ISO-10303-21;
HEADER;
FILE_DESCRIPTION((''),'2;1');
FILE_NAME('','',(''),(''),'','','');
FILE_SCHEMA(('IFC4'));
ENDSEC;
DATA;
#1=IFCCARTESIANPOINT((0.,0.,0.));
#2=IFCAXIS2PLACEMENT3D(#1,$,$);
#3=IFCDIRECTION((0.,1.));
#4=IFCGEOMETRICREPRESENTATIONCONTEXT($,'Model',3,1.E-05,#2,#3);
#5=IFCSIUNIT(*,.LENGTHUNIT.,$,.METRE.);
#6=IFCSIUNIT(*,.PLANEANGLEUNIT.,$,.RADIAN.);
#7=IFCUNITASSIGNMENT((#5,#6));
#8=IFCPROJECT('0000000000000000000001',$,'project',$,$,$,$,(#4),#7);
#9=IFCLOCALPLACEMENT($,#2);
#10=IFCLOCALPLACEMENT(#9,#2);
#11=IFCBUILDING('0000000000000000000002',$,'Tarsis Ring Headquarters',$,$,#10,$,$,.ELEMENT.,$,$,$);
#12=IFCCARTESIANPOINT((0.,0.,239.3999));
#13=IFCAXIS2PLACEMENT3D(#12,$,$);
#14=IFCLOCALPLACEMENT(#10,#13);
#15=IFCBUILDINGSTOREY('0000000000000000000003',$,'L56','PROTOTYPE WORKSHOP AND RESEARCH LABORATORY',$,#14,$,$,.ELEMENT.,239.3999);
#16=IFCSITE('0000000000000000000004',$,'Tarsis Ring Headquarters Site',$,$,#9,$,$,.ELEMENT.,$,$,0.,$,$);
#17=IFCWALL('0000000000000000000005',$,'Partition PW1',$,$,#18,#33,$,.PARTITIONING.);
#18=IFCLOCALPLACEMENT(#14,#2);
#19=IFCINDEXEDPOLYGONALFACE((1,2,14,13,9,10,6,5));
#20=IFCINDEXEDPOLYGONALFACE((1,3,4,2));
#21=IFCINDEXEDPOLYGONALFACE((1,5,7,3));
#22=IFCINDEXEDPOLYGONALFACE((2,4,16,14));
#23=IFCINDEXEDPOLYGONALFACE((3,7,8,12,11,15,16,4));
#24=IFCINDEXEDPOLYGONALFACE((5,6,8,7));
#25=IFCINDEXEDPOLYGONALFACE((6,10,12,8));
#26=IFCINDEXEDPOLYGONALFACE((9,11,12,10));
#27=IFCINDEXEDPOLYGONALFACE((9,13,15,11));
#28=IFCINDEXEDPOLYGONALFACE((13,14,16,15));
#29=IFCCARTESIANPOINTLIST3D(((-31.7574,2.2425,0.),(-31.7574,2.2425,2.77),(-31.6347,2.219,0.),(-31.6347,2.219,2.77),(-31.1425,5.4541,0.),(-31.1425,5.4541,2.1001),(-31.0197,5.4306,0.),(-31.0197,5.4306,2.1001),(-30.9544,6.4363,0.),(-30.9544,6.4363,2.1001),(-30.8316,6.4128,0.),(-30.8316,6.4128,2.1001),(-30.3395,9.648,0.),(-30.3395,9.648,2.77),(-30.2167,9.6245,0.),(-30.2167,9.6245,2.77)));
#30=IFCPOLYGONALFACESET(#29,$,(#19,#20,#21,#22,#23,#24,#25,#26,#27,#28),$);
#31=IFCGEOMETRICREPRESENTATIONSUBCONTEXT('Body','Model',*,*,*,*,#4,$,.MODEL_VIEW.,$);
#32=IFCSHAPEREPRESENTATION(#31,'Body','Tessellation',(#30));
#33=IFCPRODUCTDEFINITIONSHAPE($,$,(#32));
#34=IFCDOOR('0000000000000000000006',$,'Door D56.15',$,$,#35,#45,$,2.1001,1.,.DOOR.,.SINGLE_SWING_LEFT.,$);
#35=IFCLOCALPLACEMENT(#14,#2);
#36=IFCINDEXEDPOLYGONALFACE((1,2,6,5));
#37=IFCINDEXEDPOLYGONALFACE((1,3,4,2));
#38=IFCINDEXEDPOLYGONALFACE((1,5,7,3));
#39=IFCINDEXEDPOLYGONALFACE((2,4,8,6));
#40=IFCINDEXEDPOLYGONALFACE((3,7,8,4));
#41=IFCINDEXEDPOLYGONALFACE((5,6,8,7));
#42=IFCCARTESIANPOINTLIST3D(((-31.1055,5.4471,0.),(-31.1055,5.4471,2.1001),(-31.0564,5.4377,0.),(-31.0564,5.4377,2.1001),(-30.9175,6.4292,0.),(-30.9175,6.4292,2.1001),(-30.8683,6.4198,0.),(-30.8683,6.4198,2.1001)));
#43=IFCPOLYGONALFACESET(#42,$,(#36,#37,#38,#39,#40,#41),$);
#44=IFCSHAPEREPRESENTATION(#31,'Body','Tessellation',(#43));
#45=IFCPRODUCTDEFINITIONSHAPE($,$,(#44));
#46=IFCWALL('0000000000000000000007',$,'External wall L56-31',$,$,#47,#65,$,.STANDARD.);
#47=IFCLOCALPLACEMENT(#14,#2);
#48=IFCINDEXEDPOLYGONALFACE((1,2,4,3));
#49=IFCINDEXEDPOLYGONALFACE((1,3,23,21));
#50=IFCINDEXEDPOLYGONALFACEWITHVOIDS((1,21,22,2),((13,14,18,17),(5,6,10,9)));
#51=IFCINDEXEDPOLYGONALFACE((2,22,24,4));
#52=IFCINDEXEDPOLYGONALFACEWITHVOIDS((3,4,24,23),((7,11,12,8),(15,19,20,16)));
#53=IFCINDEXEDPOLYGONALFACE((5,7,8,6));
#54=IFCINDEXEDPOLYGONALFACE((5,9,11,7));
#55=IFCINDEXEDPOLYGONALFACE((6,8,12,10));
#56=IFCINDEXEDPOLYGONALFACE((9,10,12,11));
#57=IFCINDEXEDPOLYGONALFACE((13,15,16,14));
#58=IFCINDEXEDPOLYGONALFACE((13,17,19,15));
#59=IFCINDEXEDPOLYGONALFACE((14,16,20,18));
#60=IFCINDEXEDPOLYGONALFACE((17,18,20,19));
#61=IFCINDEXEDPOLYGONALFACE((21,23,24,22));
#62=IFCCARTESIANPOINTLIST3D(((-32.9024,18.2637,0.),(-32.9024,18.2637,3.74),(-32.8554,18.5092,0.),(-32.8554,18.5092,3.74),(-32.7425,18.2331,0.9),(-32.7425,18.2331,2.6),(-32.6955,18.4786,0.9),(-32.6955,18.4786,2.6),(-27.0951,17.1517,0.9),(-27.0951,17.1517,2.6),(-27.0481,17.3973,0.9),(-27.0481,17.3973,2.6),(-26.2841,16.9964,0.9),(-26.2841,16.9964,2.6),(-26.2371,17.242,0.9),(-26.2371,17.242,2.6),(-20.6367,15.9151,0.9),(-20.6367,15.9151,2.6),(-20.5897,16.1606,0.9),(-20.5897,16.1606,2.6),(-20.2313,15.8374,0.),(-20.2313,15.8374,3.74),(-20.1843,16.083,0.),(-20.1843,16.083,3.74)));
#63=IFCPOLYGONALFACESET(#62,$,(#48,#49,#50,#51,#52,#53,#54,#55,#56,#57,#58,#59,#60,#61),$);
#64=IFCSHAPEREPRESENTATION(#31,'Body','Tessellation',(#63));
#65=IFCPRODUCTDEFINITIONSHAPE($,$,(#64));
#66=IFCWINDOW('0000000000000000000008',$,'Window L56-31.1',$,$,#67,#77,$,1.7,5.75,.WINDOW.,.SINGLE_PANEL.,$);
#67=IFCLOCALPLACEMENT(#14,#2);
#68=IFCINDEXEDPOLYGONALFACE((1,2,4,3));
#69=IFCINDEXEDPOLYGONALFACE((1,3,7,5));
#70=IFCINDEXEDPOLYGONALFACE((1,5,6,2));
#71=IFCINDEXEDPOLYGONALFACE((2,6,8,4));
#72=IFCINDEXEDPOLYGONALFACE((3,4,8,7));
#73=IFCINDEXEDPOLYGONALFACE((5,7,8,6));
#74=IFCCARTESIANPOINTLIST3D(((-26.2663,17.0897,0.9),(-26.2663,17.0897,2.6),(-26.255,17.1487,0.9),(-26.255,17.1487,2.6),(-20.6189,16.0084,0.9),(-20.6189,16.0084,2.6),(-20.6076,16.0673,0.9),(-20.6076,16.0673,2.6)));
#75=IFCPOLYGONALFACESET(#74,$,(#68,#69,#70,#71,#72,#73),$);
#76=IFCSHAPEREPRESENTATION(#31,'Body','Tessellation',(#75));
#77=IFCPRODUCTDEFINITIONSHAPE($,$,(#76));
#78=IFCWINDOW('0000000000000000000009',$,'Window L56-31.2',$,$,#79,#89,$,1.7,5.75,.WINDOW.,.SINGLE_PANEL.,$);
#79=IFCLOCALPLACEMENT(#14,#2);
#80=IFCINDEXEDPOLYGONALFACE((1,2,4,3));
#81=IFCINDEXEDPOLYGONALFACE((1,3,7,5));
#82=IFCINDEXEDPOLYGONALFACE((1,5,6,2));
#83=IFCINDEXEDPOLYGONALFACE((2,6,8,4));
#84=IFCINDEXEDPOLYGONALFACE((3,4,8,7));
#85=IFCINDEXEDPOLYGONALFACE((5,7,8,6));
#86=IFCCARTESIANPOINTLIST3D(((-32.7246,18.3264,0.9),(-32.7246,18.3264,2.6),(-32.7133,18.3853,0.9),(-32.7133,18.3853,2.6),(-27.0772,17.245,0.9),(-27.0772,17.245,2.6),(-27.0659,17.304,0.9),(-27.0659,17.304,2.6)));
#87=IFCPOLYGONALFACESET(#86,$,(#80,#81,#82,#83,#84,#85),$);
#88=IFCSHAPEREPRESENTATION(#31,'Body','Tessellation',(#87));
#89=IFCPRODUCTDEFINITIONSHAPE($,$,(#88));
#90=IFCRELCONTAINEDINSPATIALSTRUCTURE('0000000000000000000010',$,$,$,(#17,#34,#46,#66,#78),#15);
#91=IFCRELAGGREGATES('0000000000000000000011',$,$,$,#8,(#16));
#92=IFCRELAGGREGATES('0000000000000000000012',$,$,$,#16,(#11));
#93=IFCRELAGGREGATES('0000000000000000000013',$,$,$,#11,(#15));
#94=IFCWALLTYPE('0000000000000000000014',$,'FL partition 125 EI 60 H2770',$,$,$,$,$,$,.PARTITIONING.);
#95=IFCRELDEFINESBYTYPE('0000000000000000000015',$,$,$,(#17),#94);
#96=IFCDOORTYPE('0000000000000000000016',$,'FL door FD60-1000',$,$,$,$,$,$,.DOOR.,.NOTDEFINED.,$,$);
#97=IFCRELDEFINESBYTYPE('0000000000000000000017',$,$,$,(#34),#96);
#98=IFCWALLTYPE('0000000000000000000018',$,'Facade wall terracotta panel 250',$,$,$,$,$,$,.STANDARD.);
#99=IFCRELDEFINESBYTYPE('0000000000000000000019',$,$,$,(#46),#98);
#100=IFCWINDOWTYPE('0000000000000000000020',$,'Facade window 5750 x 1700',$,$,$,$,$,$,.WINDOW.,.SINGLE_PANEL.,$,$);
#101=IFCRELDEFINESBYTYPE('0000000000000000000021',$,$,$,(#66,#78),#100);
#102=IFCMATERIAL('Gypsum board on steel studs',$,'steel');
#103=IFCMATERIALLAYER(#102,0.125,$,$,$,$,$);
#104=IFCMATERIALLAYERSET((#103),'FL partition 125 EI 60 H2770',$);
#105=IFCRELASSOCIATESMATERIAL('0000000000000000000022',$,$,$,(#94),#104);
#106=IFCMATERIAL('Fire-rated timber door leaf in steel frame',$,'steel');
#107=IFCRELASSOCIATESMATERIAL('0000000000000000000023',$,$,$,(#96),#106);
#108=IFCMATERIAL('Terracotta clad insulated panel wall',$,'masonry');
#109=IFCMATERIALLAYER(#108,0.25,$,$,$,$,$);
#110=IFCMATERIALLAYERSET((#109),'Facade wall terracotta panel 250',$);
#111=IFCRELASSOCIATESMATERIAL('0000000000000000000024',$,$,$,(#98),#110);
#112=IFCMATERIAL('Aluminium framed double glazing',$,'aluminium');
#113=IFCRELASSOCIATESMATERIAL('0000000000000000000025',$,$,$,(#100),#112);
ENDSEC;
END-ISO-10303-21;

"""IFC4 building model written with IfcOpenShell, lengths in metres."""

from ifc_helpers import new_model, si_unit, direction, frame, frame_2d, origin, place, context, subcontext, project, spatial, rectangle, extrude, material, layer, layer_set, type_object, element, fill, save


model = new_model("IFC4")

# Units and contexts
model_context = context("Model", 3, precision=1e-05, world=origin(), true_north=direction((0.0, 1.0)))
body_context = subcontext(model_context, "Body", "Model", "MODEL_VIEW")
ifc_project = project(units=[si_unit("LENGTHUNIT", "METRE"), si_unit("PLANEANGLEUNIT", "RADIAN")], contexts=[model_context])

# Site, building, storey
site_placement = place(None, origin())
site = spatial("IfcSite", under=ifc_project, at=site_placement, Name="Tarsis Ring Headquarters Site", CompositionType="ELEMENT", RefElevation=0.0)
building_placement = place(site_placement, origin())
building = spatial("IfcBuilding", under=site, at=building_placement, Name="Tarsis Ring Headquarters", CompositionType="ELEMENT")
storey_placement = place(building_placement, frame((0.0, 0.0, 239.3999)))
storey = spatial("IfcBuildingStorey", under=building, at=storey_placement, Name="L56", Description="PROTOTYPE WORKSHOP AND RESEARCH LABORATORY", CompositionType="ELEMENT", Elevation=239.3999)

# Shared definitions
ifc_material_1 = material(Name="Gypsum board on steel studs", Category="steel")
ifc_layer_1 = layer(ifc_material_1, 0.125)
ifc_layer_set_1 = layer_set([ifc_layer_1], Name="FL partition 125 EI 60 H2770")
wall_type_1 = type_object("IfcWallType", Name="FL partition 125 EI 60 H2770", PredefinedType="PARTITIONING", material=ifc_layer_set_1)

# Wall, opening, door
wall_1_placement = place(storey_placement, frame((-31.696, 2.2307, 0.0), z_axis=(0.0, 0.0, 1.0), x_axis=(0.188058, 0.982158, 0.0)))
wall_1 = element("IfcWall", 1, at=wall_1_placement, inside=storey, type_object=wall_type_1, Name="Partition PW1", PredefinedType="PARTITIONING", context=body_context, shape_type="SweptSolid", body=[
    extrude(rectangle(XDim=7.54, YDim=0.125, at=frame_2d((3.77, 0.0))), origin(), (0.0, 0.0, 1.0), 2.77),
])
opening_1_placement = place(wall_1_placement, frame((3.27, 0.0, 0.0)))
opening_1 = element("IfcOpeningElement", 2, at=opening_1_placement, cuts=wall_1, PredefinedType="OPENING", context=body_context, shape_type="SweptSolid", body=[
    extrude(rectangle(XDim=1.0, YDim=2.1001, at=frame_2d((0.5, 1.05))), frame((0.0, 0.0725, 0.0), z_axis=(0.0, -1.0, 0.0), x_axis=(1.0, 0.0, 0.0)), (0.0, 0.0, 1.0), 0.145),
])
ifc_material_2 = material(Name="Fire-rated timber door leaf in steel frame", Category="steel")
door_type = type_object("IfcDoorType", Name="FL door FD60-1000", OperationType="NOTDEFINED", PredefinedType="DOOR", material=ifc_material_2)
door_placement = place(opening_1_placement, origin())
door = element("IfcDoor", 3, at=door_placement, inside=storey, type_object=door_type, Name="Door D56.15", OperationType="SINGLE_SWING_LEFT", OverallHeight=2.1001, OverallWidth=1.0, PredefinedType="DOOR", context=body_context, shape_type="SweptSolid", body=[
    extrude(rectangle(XDim=1.0, YDim=2.1001, at=frame_2d((0.5, 1.05))), frame((0.0, 0.0249, 0.0), z_axis=(0.0, -1.0, 0.0), x_axis=(1.0, 0.0, 0.0)), (0.0, 0.0, 1.0), 0.05),
])
fill(opening_1, door)

# Wall, openings, windows
ifc_material_3 = material(Name="Terracotta clad insulated panel wall", Category="masonry")
ifc_layer_2 = layer(ifc_material_3, 0.25)
ifc_layer_set_2 = layer_set([ifc_layer_2], Name="Facade wall terracotta panel 250")
wall_type_2 = type_object("IfcWallType", Name="Facade wall terracotta panel 250", PredefinedType="STANDARD", material=ifc_layer_set_2)
wall_2_placement = place(storey_placement, frame((-20.2078, 15.9602, 0.0), z_axis=(0.0, 0.0, 1.0), x_axis=(-0.982157, 0.188063, 0.0)))
wall_2 = element("IfcWall", 4, at=wall_2_placement, inside=storey, type_object=wall_type_2, Name="External wall L56-31", PredefinedType="STANDARD", context=body_context, shape_type="SweptSolid", body=[
    extrude(rectangle(XDim=12.9014, YDim=0.25, at=frame_2d((6.4507, 0.0))), origin(), (0.0, 0.0, 1.0), 3.74),
])
opening_2_placement = place(wall_2_placement, frame((0.4128, 0.0, 0.8999)))
opening_2 = element("IfcOpeningElement", 5, at=opening_2_placement, cuts=wall_2, PredefinedType="OPENING", context=body_context, shape_type="SweptSolid", body=[
    extrude(rectangle(XDim=5.75, YDim=1.7, at=frame_2d((2.875, 0.8501))), frame((0.0, 0.135, 0.0), z_axis=(0.0, -1.0, 0.0), x_axis=(1.0, 0.0, 0.0)), (0.0, 0.0, 1.0), 0.27),
])
opening_3_placement = place(wall_2_placement, frame((6.9885, 0.0, 0.8999)))
opening_3 = element("IfcOpeningElement", 6, at=opening_3_placement, cuts=wall_2, PredefinedType="OPENING", context=body_context, shape_type="SweptSolid", body=[
    extrude(rectangle(XDim=5.75, YDim=1.7, at=frame_2d((2.875, 0.8501))), frame((0.0, 0.135, 0.0), z_axis=(0.0, -1.0, 0.0), x_axis=(1.0, 0.0, 0.0)), (0.0, 0.0, 1.0), 0.27),
])
ifc_material_4 = material(Name="Aluminium framed double glazing", Category="aluminium")
window_type = type_object("IfcWindowType", Name="Facade window 5750 x 1700", PartitioningType="SINGLE_PANEL", PredefinedType="WINDOW", material=ifc_material_4)
window_1_placement = place(opening_2_placement, origin())
window_1 = element("IfcWindow", 7, at=window_1_placement, inside=storey, type_object=window_type, Name="Window L56-31.1", OverallHeight=1.7, OverallWidth=5.75, PartitioningType="SINGLE_PANEL", PredefinedType="WINDOW", context=body_context, shape_type="SweptSolid", body=[
    extrude(rectangle(XDim=5.75, YDim=1.7, at=frame_2d((2.875, 0.8501))), frame((0.0, 0.03, 0.0), z_axis=(0.0, -1.0, 0.0), x_axis=(1.0, 0.0, 0.0)), (0.0, 0.0, 1.0), 0.0601),
])
fill(opening_2, window_1)
window_2_placement = place(opening_3_placement, origin())
window_2 = element("IfcWindow", 8, at=window_2_placement, inside=storey, type_object=window_type, Name="Window L56-31.2", OverallHeight=1.7, OverallWidth=5.75, PartitioningType="SINGLE_PANEL", PredefinedType="WINDOW", context=body_context, shape_type="SweptSolid", body=[
    extrude(rectangle(XDim=5.75, YDim=1.7, at=frame_2d((2.875, 0.8501))), frame((0.0, 0.03, 0.0), z_axis=(0.0, -1.0, 0.0), x_axis=(1.0, 0.0, 0.0)), (0.0, 0.0, 1.0), 0.0601),
])
fill(opening_3, window_2)

save(model, "model.ifc")
